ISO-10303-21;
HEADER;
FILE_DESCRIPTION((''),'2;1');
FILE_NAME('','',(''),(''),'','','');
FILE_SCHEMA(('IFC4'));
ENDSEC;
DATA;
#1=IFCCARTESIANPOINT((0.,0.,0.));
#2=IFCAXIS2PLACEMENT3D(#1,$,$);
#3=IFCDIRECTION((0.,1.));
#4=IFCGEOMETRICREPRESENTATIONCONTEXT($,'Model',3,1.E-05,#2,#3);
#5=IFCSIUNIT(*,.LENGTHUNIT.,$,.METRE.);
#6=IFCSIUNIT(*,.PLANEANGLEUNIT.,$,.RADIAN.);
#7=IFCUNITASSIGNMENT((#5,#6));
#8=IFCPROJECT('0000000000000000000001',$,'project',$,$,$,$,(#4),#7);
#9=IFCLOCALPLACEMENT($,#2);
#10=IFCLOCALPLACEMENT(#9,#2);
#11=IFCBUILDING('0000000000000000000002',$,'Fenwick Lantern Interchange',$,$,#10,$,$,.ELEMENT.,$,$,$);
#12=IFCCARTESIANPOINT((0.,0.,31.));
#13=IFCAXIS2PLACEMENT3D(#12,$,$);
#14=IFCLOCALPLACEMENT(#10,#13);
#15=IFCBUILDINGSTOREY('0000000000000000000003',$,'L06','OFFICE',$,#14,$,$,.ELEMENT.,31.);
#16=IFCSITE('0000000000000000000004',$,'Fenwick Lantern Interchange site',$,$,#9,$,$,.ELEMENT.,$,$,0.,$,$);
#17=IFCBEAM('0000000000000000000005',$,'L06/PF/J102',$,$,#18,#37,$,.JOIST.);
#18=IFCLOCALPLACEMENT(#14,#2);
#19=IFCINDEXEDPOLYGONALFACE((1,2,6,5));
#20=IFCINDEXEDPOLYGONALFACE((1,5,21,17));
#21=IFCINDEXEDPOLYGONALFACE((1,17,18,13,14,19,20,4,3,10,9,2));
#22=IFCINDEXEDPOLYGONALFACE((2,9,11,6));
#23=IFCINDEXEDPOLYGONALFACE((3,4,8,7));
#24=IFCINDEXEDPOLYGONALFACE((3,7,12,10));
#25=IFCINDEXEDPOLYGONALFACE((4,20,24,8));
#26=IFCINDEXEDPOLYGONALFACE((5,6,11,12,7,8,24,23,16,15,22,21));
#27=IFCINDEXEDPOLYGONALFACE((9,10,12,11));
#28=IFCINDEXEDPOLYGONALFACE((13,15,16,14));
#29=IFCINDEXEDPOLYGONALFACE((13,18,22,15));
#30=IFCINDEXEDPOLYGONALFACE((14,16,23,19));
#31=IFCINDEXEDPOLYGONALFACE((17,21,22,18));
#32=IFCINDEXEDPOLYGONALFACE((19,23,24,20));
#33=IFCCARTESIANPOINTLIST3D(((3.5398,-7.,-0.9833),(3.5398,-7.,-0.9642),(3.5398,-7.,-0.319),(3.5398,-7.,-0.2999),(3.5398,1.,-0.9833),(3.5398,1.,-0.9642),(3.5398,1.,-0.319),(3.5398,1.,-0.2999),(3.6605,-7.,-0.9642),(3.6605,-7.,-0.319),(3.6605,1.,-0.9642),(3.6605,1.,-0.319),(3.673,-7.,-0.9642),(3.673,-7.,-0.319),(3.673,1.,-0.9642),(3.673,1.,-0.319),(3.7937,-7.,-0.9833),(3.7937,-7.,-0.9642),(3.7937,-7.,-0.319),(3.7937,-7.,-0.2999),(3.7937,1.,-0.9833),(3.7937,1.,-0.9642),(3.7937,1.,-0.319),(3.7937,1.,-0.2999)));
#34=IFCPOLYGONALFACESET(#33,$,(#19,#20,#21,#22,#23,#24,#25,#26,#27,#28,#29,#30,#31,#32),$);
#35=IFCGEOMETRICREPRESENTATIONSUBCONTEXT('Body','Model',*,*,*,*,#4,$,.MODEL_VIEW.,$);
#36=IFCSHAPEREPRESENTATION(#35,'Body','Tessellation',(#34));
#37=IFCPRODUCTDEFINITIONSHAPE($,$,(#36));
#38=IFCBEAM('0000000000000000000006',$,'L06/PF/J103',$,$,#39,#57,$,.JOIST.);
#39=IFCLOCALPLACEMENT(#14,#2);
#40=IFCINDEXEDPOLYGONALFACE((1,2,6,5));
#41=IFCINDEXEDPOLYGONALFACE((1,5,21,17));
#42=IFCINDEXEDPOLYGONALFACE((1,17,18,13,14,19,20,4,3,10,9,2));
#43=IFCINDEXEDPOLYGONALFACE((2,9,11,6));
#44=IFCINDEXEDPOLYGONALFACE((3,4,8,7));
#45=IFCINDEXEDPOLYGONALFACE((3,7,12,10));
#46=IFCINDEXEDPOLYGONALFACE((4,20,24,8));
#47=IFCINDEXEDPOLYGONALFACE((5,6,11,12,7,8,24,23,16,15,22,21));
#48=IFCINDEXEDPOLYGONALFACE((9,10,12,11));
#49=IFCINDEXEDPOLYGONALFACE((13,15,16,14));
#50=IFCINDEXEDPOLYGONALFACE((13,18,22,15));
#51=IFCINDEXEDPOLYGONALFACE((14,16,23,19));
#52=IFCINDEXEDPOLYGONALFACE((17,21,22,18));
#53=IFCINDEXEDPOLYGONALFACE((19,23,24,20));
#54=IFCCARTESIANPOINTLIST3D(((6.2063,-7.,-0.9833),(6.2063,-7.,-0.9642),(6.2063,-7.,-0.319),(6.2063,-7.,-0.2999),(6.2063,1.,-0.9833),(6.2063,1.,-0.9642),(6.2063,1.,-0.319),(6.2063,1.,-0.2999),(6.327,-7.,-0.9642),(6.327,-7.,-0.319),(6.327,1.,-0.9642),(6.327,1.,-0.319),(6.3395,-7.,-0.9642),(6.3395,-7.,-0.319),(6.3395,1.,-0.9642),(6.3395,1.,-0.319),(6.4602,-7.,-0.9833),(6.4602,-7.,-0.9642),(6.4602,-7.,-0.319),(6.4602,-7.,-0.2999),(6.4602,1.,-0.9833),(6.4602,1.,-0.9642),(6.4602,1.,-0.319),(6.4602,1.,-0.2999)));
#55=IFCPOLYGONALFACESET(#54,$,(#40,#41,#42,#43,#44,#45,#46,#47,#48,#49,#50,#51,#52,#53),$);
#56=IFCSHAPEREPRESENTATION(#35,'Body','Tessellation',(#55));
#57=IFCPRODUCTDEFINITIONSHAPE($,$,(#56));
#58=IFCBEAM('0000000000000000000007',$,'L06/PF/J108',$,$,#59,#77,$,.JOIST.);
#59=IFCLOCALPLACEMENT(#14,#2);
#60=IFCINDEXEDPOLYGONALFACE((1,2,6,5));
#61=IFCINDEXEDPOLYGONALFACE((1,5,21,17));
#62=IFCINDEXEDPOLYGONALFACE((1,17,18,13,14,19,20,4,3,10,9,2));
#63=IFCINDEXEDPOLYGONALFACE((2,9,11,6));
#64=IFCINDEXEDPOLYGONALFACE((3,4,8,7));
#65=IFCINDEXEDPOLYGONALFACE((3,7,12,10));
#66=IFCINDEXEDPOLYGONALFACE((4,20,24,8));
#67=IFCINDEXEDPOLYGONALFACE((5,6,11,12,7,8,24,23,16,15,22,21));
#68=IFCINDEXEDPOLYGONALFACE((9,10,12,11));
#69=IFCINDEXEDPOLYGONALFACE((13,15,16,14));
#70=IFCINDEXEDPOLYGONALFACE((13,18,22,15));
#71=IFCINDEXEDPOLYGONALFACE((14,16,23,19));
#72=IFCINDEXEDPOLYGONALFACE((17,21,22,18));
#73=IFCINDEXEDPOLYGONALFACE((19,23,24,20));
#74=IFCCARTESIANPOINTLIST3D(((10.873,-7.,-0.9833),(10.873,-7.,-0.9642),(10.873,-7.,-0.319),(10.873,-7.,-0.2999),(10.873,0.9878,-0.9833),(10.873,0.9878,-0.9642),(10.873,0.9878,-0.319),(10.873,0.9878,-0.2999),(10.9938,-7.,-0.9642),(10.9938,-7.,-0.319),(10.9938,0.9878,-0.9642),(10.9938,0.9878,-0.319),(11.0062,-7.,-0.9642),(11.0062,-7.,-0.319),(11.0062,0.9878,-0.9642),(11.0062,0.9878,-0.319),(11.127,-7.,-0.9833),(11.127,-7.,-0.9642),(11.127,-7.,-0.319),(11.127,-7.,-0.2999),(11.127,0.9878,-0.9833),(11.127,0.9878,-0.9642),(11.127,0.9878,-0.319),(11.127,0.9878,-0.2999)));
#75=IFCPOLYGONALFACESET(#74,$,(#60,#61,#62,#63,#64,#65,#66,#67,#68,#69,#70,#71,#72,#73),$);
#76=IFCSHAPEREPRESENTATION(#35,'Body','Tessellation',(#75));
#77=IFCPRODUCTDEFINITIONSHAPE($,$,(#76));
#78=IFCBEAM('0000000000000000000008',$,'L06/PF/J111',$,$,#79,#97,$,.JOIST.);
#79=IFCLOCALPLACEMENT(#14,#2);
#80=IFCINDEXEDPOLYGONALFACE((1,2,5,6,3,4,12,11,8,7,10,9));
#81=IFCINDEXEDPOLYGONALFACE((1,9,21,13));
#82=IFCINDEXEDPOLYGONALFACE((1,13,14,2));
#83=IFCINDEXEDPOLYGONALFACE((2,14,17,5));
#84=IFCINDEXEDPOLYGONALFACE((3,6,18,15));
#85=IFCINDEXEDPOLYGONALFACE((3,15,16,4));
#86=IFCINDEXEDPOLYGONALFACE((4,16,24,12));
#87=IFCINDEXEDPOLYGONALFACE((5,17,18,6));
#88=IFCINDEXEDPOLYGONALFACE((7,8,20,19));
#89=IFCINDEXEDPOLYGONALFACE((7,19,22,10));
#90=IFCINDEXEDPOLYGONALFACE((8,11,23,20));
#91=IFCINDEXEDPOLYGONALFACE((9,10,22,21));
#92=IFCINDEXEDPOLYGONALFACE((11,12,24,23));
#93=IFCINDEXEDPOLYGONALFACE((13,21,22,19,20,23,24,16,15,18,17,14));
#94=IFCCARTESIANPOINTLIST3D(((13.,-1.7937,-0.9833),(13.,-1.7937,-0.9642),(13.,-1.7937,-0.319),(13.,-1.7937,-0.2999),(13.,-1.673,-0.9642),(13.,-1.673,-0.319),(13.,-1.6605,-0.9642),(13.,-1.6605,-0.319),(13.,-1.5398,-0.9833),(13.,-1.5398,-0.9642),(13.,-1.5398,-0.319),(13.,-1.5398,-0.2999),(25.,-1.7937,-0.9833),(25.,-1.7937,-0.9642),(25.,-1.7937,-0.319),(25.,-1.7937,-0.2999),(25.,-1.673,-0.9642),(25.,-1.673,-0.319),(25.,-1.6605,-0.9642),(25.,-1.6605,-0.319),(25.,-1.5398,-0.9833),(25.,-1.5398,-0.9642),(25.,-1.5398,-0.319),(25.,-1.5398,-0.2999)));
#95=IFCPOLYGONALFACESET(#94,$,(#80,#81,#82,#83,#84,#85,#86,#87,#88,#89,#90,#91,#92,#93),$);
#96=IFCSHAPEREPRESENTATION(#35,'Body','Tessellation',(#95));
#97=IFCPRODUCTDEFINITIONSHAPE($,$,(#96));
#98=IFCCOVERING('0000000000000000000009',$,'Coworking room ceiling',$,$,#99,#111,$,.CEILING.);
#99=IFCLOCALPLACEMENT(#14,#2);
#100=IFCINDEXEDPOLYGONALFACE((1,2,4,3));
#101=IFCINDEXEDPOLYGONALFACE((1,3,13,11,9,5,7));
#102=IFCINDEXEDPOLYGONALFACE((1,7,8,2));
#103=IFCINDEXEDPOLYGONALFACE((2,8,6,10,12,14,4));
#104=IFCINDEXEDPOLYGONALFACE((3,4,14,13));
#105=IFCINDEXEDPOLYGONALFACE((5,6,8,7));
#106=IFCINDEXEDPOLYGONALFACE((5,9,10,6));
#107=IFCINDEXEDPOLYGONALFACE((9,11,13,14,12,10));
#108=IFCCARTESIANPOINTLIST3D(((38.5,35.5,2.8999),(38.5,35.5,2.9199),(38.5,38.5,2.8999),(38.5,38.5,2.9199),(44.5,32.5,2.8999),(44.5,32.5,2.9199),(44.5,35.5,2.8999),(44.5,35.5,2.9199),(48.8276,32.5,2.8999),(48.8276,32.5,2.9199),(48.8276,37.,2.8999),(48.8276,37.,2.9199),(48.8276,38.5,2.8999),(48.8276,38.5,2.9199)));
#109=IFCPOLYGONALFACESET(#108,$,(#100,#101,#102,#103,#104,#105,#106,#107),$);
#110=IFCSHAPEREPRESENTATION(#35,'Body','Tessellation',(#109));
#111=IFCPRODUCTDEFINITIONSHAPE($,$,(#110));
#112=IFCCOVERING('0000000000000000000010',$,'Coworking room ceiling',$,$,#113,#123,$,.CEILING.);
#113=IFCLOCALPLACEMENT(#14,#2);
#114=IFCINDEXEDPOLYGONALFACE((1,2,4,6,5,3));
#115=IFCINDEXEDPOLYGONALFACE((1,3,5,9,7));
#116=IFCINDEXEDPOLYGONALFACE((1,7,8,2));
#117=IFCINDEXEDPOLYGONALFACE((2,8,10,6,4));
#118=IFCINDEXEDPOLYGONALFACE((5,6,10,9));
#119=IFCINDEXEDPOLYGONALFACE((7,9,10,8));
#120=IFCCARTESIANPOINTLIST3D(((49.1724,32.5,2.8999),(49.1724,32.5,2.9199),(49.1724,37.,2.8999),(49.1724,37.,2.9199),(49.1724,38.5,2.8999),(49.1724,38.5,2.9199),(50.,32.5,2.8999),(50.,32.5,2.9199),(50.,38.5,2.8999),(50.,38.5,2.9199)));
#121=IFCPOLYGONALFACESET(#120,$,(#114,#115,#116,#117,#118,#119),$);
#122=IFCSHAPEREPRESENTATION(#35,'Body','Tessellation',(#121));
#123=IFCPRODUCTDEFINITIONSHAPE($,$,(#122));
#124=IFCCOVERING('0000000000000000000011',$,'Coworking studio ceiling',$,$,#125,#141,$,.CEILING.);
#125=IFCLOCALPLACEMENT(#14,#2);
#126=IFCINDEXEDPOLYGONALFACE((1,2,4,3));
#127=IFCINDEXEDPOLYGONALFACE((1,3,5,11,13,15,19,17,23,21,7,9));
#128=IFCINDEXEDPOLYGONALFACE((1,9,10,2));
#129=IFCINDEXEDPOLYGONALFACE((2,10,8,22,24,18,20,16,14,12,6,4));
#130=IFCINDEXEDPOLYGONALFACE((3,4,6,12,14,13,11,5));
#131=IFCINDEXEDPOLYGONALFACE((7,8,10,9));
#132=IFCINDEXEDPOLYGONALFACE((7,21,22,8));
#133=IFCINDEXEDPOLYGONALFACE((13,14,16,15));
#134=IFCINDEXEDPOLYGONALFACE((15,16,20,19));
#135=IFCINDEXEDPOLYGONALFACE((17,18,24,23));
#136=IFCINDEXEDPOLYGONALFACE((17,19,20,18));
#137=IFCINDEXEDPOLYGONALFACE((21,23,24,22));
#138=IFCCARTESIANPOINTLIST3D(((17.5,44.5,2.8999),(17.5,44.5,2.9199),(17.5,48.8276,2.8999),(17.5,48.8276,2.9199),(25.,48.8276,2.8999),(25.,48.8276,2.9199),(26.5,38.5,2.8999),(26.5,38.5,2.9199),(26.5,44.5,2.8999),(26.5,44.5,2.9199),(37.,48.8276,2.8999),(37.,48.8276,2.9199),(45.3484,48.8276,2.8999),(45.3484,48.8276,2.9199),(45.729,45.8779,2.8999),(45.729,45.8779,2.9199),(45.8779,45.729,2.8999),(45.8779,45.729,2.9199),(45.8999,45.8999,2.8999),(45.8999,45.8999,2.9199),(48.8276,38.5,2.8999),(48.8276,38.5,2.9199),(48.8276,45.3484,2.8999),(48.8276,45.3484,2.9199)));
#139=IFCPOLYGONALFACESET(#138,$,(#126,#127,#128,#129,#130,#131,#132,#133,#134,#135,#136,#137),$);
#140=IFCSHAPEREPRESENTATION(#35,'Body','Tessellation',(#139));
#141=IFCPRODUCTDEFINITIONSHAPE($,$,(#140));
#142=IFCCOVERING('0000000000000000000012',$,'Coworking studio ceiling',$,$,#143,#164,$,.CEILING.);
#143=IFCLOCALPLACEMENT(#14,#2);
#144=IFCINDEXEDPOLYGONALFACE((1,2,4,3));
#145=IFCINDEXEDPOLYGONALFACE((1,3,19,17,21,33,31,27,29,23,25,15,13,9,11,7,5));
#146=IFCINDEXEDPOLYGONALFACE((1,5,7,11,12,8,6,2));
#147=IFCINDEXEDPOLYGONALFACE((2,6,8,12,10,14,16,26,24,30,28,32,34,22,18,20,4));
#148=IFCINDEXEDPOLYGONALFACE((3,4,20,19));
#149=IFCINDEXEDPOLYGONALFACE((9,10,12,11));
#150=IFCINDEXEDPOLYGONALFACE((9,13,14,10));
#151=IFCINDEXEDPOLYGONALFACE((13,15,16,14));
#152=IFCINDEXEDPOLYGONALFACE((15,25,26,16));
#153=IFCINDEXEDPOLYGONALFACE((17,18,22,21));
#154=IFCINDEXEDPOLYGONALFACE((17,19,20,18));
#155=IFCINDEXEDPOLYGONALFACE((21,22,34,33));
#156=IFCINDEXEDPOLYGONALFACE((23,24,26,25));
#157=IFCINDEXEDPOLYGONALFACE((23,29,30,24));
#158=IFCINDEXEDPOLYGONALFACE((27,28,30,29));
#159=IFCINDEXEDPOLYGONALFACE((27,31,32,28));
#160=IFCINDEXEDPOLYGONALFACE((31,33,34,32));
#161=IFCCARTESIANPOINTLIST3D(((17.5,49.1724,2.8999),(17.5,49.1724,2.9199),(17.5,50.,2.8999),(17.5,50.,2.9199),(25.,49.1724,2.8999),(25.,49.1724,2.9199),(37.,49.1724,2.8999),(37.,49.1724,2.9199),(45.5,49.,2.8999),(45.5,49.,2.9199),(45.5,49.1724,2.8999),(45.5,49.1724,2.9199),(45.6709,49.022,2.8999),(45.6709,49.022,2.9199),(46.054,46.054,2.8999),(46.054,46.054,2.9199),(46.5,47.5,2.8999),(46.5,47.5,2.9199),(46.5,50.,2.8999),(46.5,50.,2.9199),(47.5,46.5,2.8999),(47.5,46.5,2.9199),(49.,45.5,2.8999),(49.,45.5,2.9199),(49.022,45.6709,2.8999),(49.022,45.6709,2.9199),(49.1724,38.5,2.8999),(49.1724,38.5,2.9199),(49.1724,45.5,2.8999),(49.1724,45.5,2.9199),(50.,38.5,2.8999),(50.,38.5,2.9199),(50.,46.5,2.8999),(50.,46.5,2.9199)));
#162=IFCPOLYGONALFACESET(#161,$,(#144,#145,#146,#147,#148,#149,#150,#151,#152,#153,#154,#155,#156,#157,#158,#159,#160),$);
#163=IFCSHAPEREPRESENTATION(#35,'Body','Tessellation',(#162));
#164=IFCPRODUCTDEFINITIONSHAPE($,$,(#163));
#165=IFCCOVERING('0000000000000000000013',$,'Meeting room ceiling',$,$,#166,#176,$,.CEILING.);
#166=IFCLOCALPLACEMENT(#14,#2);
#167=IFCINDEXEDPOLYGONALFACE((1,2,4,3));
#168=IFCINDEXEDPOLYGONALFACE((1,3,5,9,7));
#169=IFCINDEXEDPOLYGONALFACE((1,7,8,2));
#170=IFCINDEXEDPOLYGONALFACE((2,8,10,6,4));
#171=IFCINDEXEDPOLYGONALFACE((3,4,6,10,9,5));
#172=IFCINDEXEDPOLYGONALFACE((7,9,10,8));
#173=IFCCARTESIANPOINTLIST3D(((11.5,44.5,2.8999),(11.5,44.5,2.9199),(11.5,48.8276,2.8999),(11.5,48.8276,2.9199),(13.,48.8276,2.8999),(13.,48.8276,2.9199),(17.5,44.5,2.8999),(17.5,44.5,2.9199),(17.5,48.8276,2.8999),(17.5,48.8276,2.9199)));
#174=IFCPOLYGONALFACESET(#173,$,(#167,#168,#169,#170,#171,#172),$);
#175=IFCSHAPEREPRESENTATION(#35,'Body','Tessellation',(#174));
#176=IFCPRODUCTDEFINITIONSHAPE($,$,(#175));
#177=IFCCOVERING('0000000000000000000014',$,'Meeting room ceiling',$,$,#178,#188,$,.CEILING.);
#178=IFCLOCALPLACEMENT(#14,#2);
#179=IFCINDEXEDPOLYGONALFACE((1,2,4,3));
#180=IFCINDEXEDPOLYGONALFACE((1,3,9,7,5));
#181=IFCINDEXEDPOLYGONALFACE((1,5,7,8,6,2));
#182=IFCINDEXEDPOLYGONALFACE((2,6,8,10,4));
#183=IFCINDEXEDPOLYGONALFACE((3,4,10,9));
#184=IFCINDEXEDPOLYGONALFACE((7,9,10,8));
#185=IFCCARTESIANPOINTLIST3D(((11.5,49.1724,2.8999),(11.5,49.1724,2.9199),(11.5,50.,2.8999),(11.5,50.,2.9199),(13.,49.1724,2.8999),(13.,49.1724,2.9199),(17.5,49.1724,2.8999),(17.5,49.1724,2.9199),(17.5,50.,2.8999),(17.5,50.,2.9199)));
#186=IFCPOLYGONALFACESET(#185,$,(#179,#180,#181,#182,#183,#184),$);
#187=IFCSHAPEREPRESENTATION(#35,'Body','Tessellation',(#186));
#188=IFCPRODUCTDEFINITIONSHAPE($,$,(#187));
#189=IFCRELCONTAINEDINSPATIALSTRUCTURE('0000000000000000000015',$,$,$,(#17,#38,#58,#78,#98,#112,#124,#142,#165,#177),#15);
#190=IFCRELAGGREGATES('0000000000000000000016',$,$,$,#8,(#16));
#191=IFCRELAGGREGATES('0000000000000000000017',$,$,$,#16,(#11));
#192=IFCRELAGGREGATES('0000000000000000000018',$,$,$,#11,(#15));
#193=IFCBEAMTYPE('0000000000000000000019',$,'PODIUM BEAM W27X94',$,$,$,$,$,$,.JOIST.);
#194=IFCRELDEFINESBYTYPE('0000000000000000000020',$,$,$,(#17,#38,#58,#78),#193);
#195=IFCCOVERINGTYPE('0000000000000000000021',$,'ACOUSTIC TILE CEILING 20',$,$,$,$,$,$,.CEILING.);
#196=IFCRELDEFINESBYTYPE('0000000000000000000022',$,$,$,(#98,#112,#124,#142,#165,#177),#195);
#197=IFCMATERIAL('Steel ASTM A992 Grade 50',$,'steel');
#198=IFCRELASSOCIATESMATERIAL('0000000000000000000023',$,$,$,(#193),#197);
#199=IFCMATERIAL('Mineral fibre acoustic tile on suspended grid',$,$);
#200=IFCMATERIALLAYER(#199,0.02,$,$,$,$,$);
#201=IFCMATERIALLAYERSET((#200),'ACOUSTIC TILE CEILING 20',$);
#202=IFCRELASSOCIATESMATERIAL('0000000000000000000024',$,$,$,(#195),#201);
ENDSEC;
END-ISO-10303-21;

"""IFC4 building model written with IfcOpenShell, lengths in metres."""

from ifc_helpers import new_model, si_unit, direction, frame, origin, origin_2d, place, context, subcontext, project, spatial, polyline, i_section, outline, extrude, material, layer, layer_set, material_profile, profile_set, type_object, element, save


model = new_model("IFC4")

# Units and contexts
model_context = context("Model", 3, precision=1e-05, world=origin(), true_north=direction((0.0, 1.0)))
body_context = subcontext(model_context, "Body", "Model", "MODEL_VIEW")
ifc_project = project(units=[si_unit("LENGTHUNIT", "METRE"), si_unit("PLANEANGLEUNIT", "RADIAN")], contexts=[model_context])

# Site, building, storey
site_placement = place(None, origin())
site = spatial("IfcSite", under=ifc_project, at=site_placement, Name="Fenwick Lantern Interchange site", CompositionType="ELEMENT", RefElevation=0.0)
building_placement = place(site_placement, origin())
building = spatial("IfcBuilding", under=site, at=building_placement, Name="Fenwick Lantern Interchange", CompositionType="ELEMENT")
storey_placement = place(building_placement, frame((0.0, 0.0, 31.0)))
storey = spatial("IfcBuildingStorey", under=building, at=storey_placement, Name="L06", Description="OFFICE", CompositionType="ELEMENT", Elevation=31.0)

# Shared definitions
ifc_material_1 = material(Name="Steel ASTM A992 Grade 50", Category="steel")

# Beams
ifc_material_profile_1 = material_profile(ifc_material_1, i_section(OverallWidth=0.2539, OverallDepth=0.6833, WebThickness=0.0125, FlangeThickness=0.019, at=origin_2d()), Name="W27X94")
ifc_profile_set_1 = profile_set([ifc_material_profile_1], Name="Steel ASTM A992 Grade 50")
beam_type_1 = type_object("IfcBeamType", Name="PODIUM BEAM W27X94", PredefinedType="JOIST", material=ifc_profile_set_1)
for number, where, z_axis, x_axis, name in (
    (1, (3.6667, -7.0, -0.6416), (0.0, 1.0, 0.0), (-1.0, 0.0, 0.0), "L06/PF/J102"),
    (2, (6.3333, -7.0, -0.6416), (0.0, 1.0, 0.0), (-1.0, 0.0, 0.0), "L06/PF/J103"),
):
    element("IfcBeam", number, at=place(storey_placement, frame(where, z_axis=z_axis, x_axis=x_axis)), inside=storey, type_object=beam_type_1, Name=name, PredefinedType="JOIST", context=body_context, shape_type="SweptSolid", body=[
        extrude(i_section(OverallWidth=0.2539, OverallDepth=0.6833, WebThickness=0.0125, FlangeThickness=0.019, at=origin_2d()), origin(), (0.0, 0.0, 1.0), 8.0),
    ])
beam_1_placement = place(storey_placement, frame((11.0, -7.0, -0.6416), z_axis=(0.0, 1.0, 0.0), x_axis=(-1.0, 0.0, 0.0)))
element("IfcBeam", 3, at=beam_1_placement, inside=storey, type_object=beam_type_1, Name="L06/PF/J108", PredefinedType="JOIST", context=body_context, shape_type="SweptSolid", body=[
    extrude(i_section(OverallWidth=0.2539, OverallDepth=0.6833, WebThickness=0.0125, FlangeThickness=0.019, at=origin_2d()), origin(), (0.0, 0.0, 1.0), 7.9878),
])
beam_2_placement = place(storey_placement, frame((13.0, -1.6667, -0.6416), z_axis=(1.0, 0.0, 0.0), x_axis=(0.0, 1.0, 0.0)))
element("IfcBeam", 4, at=beam_2_placement, inside=storey, type_object=beam_type_1, Name="L06/PF/J111", PredefinedType="JOIST", context=body_context, shape_type="SweptSolid", body=[
    extrude(i_section(OverallWidth=0.2539, OverallDepth=0.6833, WebThickness=0.0125, FlangeThickness=0.019, at=origin_2d()), origin(), (0.0, 0.0, 1.0), 12.0),
])

# Coverings
ifc_material_2 = material(Name="Mineral fibre acoustic tile on suspended grid")
ifc_layer_1 = layer(ifc_material_2, 0.02)
ifc_layer_set_1 = layer_set([ifc_layer_1], Name="ACOUSTIC TILE CEILING 20")
covering_type_1 = type_object("IfcCoveringType", Name="ACOUSTIC TILE CEILING 20", PredefinedType="CEILING", material=ifc_layer_set_1)
covering_1_placement = place(storey_placement, frame((0.0, 0.0, 2.8999)))
element("IfcCovering", 5, at=covering_1_placement, inside=storey, type_object=covering_type_1, Name="Coworking room ceiling", PredefinedType="CEILING", context=body_context, shape_type="SweptSolid", body=[
    extrude(outline(polyline([(44.5, 32.5), (48.8276, 32.5), (48.8276, 37.0), (48.8276, 38.5), (38.5, 38.5), (38.5, 35.5), (44.5, 35.5), (44.5, 32.5)])), origin(), (0.0, 0.0, 1.0), 0.02),
])
covering_2_placement = place(storey_placement, frame((0.0, 0.0, 2.8999)))
element("IfcCovering", 6, at=covering_2_placement, inside=storey, type_object=covering_type_1, Name="Coworking room ceiling", PredefinedType="CEILING", context=body_context, shape_type="SweptSolid", body=[
    extrude(outline(polyline([(50.0, 32.5), (50.0, 38.5), (49.1724, 38.5), (49.1724, 37.0), (49.1724, 32.5), (50.0, 32.5)])), origin(), (0.0, 0.0, 1.0), 0.02),
])
covering_3_placement = place(storey_placement, frame((0.0, 0.0, 2.8999)))
element("IfcCovering", 7, at=covering_3_placement, inside=storey, type_object=covering_type_1, Name="Coworking studio ceiling", PredefinedType="CEILING", context=body_context, shape_type="SweptSolid", body=[
    extrude(outline(polyline([(17.5, 44.5), (26.5, 44.5), (26.5, 38.5), (48.8276, 38.5), (48.8276, 45.3484), (45.8779, 45.729), (45.8999, 45.8999), (45.729, 45.8779), (45.3484, 48.8276), (37.0, 48.8276), (25.0, 48.8276), (17.5, 48.8276), (17.5, 44.5)])), origin(), (0.0, 0.0, 1.0), 0.02),
])
covering_4_placement = place(storey_placement, frame((0.0, 0.0, 2.8999)))
element("IfcCovering", 8, at=covering_4_placement, inside=storey, type_object=covering_type_1, Name="Coworking studio ceiling", PredefinedType="CEILING", context=body_context, shape_type="SweptSolid", body=[
    extrude(outline(polyline([(17.5, 50.0), (17.5, 49.1724), (25.0, 49.1724), (37.0, 49.1724), (45.5, 49.1724), (45.5, 49.0), (45.6709, 49.022), (46.054, 46.054), (49.022, 45.6709), (49.0, 45.5), (49.1724, 45.5), (49.1724, 38.5), (50.0, 38.5), (50.0, 46.5), (47.5, 46.5), (46.5, 47.5), (46.5, 50.0), (17.5, 50.0)])), origin(), (0.0, 0.0, 1.0), 0.02),
])
covering_5_placement = place(storey_placement, frame((0.0, 0.0, 2.8999)))
element("IfcCovering", 9, at=covering_5_placement, inside=storey, type_object=covering_type_1, Name="Meeting room ceiling", PredefinedType="CEILING", context=body_context, shape_type="SweptSolid", body=[
    extrude(outline(polyline([(17.5, 44.5), (17.5, 48.8276), (13.0, 48.8276), (11.5, 48.8276), (11.5, 44.5), (17.5, 44.5)])), origin(), (0.0, 0.0, 1.0), 0.02),
])
covering_6_placement = place(storey_placement, frame((0.0, 0.0, 2.8999)))
element("IfcCovering", 10, at=covering_6_placement, inside=storey, type_object=covering_type_1, Name="Meeting room ceiling", PredefinedType="CEILING", context=body_context, shape_type="SweptSolid", body=[
    extrude(outline(polyline([(11.5, 50.0), (11.5, 49.1724), (13.0, 49.1724), (17.5, 49.1724), (17.5, 50.0), (11.5, 50.0)])), origin(), (0.0, 0.0, 1.0), 0.02),
])

save(model, "model.ifc")
